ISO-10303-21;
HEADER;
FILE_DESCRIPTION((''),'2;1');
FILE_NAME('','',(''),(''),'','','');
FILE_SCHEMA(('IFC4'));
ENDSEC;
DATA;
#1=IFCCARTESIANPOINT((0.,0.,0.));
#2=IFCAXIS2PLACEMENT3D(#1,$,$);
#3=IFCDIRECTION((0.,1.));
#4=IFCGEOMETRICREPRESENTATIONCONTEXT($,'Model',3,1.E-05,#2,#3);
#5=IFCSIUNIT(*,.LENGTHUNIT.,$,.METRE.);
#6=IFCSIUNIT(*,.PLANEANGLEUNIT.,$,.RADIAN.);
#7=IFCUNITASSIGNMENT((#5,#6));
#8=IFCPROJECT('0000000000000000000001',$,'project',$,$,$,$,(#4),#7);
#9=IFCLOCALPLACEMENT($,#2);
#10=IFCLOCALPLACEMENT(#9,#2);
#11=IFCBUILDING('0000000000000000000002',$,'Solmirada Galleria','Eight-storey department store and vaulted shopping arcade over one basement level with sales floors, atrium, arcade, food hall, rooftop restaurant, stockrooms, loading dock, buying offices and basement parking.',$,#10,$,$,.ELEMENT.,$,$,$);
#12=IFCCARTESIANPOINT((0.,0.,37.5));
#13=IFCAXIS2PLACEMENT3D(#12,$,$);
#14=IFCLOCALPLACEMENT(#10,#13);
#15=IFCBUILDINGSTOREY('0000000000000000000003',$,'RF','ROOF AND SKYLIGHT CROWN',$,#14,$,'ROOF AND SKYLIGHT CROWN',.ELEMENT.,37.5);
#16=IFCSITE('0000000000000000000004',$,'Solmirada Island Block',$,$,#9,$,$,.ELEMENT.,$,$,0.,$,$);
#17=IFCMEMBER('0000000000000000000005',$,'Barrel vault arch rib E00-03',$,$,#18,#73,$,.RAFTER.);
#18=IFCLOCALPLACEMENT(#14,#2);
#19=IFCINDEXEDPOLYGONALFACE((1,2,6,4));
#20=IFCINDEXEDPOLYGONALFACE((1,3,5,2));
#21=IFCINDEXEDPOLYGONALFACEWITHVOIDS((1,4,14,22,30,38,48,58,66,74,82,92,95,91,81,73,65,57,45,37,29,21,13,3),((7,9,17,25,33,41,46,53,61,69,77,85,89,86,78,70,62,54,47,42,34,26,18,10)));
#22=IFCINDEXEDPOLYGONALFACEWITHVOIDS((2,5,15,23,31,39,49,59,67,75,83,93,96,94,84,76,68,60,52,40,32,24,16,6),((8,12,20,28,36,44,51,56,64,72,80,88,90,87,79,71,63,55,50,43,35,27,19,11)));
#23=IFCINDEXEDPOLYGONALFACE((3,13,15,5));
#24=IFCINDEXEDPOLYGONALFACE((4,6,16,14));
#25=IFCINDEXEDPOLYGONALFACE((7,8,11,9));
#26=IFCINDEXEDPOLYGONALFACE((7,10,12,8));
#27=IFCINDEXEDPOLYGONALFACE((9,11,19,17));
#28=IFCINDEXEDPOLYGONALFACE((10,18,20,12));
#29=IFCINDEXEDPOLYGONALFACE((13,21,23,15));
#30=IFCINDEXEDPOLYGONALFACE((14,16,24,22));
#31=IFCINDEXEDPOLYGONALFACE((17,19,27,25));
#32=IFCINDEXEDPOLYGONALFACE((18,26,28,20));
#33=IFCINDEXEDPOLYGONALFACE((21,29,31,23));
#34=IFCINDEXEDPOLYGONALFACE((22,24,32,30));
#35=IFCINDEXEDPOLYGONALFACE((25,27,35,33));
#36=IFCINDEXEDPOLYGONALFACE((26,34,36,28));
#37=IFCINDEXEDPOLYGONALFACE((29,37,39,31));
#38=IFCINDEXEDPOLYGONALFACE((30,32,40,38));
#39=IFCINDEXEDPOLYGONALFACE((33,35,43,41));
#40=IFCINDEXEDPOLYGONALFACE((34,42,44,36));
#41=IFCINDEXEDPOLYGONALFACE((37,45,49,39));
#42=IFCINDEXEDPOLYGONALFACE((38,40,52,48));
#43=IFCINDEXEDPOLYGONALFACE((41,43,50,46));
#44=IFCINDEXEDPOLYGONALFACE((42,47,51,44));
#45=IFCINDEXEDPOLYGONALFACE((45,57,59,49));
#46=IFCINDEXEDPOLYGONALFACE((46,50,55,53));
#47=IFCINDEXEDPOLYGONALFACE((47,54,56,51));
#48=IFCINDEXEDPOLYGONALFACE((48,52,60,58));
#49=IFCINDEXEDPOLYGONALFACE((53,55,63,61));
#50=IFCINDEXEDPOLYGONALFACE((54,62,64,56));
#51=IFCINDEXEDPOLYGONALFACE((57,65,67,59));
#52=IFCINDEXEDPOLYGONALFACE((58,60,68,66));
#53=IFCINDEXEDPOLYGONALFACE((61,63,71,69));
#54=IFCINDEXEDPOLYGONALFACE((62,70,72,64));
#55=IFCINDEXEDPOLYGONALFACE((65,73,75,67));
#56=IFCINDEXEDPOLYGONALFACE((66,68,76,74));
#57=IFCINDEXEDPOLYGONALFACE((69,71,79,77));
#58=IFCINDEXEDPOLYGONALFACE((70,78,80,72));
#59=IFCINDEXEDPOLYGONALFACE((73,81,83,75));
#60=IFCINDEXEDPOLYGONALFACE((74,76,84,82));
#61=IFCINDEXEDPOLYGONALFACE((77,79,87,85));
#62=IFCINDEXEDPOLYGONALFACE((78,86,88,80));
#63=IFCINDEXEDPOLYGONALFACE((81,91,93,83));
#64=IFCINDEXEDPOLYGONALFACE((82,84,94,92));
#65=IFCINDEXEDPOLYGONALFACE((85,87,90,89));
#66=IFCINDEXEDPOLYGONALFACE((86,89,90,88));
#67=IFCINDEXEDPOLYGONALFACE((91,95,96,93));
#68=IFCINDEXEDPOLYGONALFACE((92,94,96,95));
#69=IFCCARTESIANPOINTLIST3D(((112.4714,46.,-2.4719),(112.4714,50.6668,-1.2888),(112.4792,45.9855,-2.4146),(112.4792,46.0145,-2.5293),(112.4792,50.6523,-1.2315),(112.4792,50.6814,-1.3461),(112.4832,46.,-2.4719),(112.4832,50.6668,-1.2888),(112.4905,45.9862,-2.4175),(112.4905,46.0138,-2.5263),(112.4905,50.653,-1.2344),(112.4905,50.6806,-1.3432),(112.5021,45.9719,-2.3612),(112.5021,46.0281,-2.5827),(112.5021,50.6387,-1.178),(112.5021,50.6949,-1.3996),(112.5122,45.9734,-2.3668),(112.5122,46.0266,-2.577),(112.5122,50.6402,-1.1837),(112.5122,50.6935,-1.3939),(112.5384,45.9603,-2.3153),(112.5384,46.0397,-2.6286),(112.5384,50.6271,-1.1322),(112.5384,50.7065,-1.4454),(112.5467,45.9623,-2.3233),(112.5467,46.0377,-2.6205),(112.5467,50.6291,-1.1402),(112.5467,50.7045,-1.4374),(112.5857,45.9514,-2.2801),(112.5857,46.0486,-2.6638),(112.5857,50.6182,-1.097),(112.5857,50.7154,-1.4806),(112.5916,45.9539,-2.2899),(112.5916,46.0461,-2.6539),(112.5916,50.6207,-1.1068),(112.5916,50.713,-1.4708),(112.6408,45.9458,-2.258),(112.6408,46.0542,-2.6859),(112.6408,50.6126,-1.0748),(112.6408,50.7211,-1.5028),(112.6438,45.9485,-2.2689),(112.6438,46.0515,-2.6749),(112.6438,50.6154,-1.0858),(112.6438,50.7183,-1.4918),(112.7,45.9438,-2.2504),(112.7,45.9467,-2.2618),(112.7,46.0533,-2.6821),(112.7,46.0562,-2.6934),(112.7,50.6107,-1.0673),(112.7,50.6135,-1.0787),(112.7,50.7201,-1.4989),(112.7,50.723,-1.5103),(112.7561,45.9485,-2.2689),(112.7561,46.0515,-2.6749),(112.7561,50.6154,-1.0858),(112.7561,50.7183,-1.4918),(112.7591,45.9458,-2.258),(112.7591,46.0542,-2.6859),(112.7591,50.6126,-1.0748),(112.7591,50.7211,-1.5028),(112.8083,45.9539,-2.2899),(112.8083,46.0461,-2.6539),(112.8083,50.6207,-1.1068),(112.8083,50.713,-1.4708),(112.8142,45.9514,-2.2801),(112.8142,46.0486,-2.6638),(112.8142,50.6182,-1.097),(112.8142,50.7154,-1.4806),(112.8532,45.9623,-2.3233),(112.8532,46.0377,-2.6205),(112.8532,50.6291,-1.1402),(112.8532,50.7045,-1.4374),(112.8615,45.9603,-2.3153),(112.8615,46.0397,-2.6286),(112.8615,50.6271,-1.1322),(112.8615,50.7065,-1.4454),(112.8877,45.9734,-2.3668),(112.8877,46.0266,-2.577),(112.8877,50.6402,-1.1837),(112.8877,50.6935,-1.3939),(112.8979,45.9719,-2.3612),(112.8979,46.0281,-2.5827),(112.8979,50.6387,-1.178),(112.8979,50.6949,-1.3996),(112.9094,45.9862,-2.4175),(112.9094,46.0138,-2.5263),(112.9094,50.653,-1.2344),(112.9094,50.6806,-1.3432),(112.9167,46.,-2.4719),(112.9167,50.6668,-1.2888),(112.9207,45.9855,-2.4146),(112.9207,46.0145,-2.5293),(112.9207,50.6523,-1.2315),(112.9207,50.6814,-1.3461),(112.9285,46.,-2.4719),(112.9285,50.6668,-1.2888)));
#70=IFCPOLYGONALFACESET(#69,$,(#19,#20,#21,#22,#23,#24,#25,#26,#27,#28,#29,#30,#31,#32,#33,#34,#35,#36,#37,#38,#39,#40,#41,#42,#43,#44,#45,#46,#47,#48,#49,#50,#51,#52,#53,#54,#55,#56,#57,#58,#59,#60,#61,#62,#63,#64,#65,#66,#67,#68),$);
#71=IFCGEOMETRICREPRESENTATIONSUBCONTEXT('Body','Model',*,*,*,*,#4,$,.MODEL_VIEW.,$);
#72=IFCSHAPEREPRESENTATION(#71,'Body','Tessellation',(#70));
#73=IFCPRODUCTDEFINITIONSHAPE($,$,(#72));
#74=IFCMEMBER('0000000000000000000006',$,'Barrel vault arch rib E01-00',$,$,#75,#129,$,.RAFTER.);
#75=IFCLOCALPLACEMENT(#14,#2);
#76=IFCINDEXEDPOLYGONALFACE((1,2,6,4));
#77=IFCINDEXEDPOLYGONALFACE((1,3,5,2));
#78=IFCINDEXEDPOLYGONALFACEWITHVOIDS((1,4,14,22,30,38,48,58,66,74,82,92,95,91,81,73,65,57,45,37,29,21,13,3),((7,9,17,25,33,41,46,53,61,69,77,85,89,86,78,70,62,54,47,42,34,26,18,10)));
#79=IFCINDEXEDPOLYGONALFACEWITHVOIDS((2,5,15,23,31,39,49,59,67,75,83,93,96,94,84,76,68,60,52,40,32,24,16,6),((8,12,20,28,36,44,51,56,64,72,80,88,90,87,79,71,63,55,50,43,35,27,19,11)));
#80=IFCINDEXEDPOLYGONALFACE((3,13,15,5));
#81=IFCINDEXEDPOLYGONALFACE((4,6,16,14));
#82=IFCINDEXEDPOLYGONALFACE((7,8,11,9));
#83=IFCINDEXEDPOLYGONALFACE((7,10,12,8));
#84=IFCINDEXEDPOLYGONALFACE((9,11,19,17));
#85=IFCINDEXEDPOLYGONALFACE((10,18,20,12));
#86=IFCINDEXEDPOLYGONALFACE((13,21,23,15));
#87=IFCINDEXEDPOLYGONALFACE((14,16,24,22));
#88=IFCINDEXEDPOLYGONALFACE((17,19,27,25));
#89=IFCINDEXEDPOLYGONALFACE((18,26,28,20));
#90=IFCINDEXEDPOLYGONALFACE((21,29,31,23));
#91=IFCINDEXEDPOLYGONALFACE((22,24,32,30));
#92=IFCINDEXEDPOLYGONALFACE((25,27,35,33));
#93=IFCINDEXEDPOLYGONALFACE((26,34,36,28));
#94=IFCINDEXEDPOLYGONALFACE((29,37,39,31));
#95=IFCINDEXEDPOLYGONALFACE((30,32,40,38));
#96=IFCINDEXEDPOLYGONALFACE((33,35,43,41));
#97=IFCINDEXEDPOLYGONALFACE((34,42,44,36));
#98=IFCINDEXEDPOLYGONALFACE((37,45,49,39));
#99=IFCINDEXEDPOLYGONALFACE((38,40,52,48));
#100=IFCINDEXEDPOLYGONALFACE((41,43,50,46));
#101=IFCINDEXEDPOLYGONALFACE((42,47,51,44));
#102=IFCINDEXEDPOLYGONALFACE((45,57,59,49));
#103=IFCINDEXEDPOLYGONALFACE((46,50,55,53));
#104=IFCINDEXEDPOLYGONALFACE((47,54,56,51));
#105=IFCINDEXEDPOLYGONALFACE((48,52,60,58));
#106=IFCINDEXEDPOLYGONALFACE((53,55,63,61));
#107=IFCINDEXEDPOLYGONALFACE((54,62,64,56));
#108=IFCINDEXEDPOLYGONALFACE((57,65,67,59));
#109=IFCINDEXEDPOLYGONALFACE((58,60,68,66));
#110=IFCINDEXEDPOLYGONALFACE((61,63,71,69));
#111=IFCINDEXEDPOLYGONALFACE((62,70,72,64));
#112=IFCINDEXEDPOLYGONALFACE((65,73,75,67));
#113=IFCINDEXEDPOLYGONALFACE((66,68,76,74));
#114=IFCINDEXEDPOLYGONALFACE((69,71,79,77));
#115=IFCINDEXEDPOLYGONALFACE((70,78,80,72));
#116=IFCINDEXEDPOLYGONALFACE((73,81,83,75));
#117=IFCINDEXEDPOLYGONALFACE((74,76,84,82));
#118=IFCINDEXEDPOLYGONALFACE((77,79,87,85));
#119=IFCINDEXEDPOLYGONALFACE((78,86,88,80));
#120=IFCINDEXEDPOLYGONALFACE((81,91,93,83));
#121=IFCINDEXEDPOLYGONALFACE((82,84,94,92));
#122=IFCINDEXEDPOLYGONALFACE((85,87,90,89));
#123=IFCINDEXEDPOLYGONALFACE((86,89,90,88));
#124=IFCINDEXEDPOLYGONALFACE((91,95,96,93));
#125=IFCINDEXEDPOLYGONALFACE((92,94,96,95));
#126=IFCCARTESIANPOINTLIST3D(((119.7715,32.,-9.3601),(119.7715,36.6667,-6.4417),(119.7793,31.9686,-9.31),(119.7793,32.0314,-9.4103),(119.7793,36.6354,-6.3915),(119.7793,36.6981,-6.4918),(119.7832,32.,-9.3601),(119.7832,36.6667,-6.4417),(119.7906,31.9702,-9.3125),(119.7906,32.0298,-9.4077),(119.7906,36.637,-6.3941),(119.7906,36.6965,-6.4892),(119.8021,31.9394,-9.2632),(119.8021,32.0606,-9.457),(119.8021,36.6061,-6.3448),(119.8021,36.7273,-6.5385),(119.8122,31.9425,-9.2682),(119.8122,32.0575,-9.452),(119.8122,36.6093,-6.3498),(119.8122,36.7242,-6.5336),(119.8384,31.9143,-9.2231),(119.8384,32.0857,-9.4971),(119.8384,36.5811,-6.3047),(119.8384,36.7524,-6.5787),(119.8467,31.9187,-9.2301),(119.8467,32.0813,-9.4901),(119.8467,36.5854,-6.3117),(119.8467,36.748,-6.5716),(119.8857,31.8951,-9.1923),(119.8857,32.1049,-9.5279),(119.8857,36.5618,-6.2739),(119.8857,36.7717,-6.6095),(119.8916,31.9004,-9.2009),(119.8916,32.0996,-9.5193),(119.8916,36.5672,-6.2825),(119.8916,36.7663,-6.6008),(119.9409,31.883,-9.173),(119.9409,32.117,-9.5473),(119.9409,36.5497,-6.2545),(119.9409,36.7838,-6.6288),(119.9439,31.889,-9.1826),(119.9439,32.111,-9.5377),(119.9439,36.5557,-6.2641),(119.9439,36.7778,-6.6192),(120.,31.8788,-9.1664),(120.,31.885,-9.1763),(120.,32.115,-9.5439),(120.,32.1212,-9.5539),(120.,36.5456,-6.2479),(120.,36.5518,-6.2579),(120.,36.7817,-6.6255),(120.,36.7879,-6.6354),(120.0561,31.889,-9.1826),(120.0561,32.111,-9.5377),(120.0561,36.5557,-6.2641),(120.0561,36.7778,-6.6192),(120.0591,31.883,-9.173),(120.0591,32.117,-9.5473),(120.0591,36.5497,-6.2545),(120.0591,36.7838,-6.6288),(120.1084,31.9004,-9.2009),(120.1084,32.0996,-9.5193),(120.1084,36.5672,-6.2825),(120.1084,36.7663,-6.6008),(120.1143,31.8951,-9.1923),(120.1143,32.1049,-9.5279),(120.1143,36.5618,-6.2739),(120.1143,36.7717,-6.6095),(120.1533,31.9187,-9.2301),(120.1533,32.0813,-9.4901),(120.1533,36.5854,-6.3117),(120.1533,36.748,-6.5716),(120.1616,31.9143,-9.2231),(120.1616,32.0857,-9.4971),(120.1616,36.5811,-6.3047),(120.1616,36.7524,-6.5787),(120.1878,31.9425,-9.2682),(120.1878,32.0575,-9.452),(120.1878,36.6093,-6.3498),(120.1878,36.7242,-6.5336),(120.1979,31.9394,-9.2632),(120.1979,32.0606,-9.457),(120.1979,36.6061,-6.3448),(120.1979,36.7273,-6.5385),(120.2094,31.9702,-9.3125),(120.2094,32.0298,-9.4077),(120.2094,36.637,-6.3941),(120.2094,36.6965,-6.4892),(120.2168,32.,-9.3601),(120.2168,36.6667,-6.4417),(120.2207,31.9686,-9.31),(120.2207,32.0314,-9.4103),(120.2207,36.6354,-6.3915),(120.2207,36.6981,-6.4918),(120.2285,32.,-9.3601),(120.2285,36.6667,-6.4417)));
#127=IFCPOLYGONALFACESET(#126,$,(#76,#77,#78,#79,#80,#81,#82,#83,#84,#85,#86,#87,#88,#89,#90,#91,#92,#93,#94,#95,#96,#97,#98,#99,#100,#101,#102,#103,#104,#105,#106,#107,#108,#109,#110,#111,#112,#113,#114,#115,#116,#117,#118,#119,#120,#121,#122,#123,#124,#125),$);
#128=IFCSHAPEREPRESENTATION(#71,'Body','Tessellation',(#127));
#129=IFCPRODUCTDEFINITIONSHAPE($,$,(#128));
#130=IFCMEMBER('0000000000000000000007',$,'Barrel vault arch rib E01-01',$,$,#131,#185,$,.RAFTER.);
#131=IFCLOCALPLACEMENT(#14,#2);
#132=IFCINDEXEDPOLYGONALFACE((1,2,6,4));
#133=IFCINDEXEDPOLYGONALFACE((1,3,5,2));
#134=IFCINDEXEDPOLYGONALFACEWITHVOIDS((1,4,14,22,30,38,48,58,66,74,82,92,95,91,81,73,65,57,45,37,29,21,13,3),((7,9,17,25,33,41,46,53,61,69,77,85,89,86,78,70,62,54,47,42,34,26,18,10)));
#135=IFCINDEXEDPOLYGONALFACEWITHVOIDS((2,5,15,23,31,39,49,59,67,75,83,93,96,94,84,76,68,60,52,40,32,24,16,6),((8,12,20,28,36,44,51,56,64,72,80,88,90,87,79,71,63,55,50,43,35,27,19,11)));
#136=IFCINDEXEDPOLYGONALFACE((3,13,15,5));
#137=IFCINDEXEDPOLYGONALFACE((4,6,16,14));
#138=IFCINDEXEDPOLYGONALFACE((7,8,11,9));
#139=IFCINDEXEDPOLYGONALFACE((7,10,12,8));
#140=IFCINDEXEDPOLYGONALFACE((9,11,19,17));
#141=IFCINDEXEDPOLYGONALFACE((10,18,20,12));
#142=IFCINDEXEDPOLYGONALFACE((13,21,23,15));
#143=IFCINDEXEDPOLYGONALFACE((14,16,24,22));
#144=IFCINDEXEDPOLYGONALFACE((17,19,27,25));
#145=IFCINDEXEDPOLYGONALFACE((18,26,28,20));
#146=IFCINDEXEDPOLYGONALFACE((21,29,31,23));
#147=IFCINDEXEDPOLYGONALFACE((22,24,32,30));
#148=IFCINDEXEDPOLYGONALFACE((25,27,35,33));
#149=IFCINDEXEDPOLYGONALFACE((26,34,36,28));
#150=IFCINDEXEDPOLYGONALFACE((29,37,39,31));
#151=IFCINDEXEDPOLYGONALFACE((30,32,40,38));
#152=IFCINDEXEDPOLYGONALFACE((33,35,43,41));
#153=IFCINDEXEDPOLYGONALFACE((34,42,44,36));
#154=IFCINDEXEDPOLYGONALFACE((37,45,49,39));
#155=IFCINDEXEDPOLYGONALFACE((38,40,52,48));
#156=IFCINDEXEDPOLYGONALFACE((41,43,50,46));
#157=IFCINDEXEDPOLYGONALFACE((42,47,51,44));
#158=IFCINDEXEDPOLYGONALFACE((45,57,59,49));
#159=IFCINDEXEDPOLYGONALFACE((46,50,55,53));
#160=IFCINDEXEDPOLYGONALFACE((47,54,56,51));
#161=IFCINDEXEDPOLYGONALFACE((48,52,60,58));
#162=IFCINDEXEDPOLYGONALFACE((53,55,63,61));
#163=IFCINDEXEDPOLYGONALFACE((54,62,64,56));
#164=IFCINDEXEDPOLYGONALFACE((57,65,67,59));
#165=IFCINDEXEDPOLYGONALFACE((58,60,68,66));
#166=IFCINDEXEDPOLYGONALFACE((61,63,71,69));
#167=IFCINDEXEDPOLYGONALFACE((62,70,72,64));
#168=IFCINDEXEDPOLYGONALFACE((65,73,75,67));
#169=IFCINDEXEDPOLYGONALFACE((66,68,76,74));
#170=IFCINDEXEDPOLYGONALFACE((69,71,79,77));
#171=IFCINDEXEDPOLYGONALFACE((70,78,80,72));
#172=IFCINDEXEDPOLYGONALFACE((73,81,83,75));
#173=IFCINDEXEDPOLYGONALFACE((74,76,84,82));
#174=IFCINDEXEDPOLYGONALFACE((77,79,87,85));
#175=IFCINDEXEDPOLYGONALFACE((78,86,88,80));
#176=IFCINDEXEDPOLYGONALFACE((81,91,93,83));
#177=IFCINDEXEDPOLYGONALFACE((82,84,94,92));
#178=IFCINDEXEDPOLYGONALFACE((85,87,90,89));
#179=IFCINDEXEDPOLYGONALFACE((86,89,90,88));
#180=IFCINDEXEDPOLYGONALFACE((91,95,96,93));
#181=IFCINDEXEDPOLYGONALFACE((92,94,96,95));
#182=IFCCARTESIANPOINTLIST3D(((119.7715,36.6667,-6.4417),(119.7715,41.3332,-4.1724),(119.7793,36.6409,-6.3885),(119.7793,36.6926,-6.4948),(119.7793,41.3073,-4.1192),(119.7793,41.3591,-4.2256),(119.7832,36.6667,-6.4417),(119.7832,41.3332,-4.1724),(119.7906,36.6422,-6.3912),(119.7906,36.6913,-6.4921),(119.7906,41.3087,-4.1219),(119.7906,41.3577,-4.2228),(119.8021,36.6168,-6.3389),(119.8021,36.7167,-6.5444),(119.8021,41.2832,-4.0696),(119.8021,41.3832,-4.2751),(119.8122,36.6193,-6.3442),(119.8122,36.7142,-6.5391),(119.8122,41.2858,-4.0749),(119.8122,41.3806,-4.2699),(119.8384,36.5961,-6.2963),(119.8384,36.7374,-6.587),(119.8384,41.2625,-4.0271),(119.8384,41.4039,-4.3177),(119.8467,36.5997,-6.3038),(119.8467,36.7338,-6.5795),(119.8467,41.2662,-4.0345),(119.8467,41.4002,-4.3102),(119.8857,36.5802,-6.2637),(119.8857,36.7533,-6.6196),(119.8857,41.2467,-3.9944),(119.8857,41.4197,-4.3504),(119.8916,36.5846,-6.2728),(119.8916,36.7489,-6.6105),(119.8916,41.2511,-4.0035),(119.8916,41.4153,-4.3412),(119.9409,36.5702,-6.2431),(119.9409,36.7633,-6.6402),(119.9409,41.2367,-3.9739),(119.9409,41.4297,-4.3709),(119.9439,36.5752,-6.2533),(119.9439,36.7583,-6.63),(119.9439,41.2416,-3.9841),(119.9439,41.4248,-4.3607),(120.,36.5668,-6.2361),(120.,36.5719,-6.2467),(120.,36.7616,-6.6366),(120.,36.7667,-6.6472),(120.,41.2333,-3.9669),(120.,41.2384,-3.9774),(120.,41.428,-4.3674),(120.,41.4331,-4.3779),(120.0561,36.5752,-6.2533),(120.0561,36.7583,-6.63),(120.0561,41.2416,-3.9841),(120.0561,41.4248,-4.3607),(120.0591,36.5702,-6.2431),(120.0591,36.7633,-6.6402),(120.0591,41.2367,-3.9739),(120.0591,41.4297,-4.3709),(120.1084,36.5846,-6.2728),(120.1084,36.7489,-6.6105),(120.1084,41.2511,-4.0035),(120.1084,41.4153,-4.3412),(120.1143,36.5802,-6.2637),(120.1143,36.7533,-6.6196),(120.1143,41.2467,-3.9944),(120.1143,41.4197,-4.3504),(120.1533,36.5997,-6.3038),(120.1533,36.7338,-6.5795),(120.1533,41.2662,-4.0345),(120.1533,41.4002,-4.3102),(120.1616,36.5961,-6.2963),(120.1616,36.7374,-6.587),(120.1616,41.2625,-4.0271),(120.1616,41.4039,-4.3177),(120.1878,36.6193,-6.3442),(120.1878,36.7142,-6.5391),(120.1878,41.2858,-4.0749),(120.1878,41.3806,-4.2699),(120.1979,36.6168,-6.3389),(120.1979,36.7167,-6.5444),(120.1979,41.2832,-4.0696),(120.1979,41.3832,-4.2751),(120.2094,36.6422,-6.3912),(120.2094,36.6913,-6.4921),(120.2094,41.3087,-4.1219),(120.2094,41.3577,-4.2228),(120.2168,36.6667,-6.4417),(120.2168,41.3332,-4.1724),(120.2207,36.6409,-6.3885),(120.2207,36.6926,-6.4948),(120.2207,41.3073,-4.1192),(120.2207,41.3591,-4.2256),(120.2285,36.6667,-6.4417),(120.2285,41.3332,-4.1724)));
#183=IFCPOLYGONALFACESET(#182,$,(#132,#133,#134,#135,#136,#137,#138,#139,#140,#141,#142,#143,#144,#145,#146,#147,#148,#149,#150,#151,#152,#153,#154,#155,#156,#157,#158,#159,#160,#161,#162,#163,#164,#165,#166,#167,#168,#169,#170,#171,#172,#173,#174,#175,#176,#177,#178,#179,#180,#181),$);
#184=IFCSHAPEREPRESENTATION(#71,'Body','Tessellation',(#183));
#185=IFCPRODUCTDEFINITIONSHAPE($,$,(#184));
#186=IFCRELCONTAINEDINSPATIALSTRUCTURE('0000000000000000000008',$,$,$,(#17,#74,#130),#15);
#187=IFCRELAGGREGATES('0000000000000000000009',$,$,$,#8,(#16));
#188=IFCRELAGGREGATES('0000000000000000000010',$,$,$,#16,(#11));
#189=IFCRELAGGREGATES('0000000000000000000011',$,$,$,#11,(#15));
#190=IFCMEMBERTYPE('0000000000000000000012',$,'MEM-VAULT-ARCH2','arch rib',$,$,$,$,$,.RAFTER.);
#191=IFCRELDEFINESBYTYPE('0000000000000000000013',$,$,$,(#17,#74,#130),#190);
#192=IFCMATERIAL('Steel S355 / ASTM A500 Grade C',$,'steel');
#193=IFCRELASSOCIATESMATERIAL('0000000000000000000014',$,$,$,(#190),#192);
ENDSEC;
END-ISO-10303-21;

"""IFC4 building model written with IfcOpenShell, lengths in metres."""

from ifc_helpers import new_model, si_unit, direction, frame, origin, origin_2d, place, context, subcontext, project, spatial, hollow_circle, extrude, material, material_profile, profile_set, type_object, element, save


model = new_model("IFC4")

# Units and contexts
model_context = context("Model", 3, precision=1e-05, world=origin(), true_north=direction((0.0, 1.0)))
body_context = subcontext(model_context, "Body", "Model", "MODEL_VIEW")
ifc_project = project(units=[si_unit("LENGTHUNIT", "METRE"), si_unit("PLANEANGLEUNIT", "RADIAN")], contexts=[model_context])

# Site, building, storey
site_placement = place(None, origin())
site = spatial("IfcSite", under=ifc_project, at=site_placement, Name="Solmirada Island Block", CompositionType="ELEMENT", RefElevation=0.0)
building_placement = place(site_placement, origin())
building = spatial("IfcBuilding", under=site, at=building_placement, Name="Solmirada Galleria", Description="Eight-storey department store and vaulted shopping arcade over one basement level with sales floors, atrium, arcade, food hall, rooftop restaurant, stockrooms, loading dock, buying offices and basement parking.", CompositionType="ELEMENT")
storey_placement = place(building_placement, frame((0.0, 0.0, 37.5)))
storey = spatial("IfcBuildingStorey", under=building, at=storey_placement, Name="RF", Description="ROOF AND SKYLIGHT CROWN", LongName="ROOF AND SKYLIGHT CROWN", CompositionType="ELEMENT", Elevation=37.5)

# Members
ifc_material_1 = material(Name="Steel S355 / ASTM A500 Grade C", Category="steel")
ifc_material_profile_1 = material_profile(ifc_material_1, hollow_circle(Radius=0.2285, WallThickness=0.0117, at=origin_2d()), Name="HSS18.000X0.500")
ifc_profile_set_1 = profile_set([ifc_material_profile_1], Name="Steel S355 / ASTM A500 Grade C")
member_type_1 = type_object("IfcMemberType", Name="MEM-VAULT-ARCH2", Description="arch rib", PredefinedType="RAFTER", material=ifc_profile_set_1)
member_1_placement = place(storey_placement, frame((112.7, 46.0, -2.4719), z_axis=(0.0, 0.969335, 0.245744), x_axis=(-1.0, 0.0, 0.0)))
element("IfcMember", 1, at=member_1_placement, inside=storey, type_object=member_type_1, Name="Barrel vault arch rib E00-03", PredefinedType="RAFTER", context=body_context, shape_type="SweptSolid", body=[
    extrude(hollow_circle(Radius=0.2285, WallThickness=0.0117, at=origin_2d()), origin(), (0.0, 0.0, 1.0), 4.8145),
])
member_2_placement = place(storey_placement, frame((120.0, 32.0, -9.3601), z_axis=(0.0, 0.847856, 0.530226), x_axis=(-1.0, 0.0, 0.0)))
element("IfcMember", 2, at=member_2_placement, inside=storey, type_object=member_type_1, Name="Barrel vault arch rib E01-00", PredefinedType="RAFTER", context=body_context, shape_type="SweptSolid", body=[
    extrude(hollow_circle(Radius=0.2285, WallThickness=0.0117, at=origin_2d()), origin(), (0.0, 0.0, 1.0), 5.5042),
])
member_3_placement = place(storey_placement, frame((120.0, 36.6667, -6.4417), z_axis=(0.0, 0.899304, 0.437325), x_axis=(-1.0, 0.0, 0.0)))
element("IfcMember", 3, at=member_3_placement, inside=storey, type_object=member_type_1, Name="Barrel vault arch rib E01-01", PredefinedType="RAFTER", context=body_context, shape_type="SweptSolid", body=[
    extrude(hollow_circle(Radius=0.2285, WallThickness=0.0117, at=origin_2d()), origin(), (0.0, 0.0, 1.0), 5.189),
])

save(model, "model.ifc")
